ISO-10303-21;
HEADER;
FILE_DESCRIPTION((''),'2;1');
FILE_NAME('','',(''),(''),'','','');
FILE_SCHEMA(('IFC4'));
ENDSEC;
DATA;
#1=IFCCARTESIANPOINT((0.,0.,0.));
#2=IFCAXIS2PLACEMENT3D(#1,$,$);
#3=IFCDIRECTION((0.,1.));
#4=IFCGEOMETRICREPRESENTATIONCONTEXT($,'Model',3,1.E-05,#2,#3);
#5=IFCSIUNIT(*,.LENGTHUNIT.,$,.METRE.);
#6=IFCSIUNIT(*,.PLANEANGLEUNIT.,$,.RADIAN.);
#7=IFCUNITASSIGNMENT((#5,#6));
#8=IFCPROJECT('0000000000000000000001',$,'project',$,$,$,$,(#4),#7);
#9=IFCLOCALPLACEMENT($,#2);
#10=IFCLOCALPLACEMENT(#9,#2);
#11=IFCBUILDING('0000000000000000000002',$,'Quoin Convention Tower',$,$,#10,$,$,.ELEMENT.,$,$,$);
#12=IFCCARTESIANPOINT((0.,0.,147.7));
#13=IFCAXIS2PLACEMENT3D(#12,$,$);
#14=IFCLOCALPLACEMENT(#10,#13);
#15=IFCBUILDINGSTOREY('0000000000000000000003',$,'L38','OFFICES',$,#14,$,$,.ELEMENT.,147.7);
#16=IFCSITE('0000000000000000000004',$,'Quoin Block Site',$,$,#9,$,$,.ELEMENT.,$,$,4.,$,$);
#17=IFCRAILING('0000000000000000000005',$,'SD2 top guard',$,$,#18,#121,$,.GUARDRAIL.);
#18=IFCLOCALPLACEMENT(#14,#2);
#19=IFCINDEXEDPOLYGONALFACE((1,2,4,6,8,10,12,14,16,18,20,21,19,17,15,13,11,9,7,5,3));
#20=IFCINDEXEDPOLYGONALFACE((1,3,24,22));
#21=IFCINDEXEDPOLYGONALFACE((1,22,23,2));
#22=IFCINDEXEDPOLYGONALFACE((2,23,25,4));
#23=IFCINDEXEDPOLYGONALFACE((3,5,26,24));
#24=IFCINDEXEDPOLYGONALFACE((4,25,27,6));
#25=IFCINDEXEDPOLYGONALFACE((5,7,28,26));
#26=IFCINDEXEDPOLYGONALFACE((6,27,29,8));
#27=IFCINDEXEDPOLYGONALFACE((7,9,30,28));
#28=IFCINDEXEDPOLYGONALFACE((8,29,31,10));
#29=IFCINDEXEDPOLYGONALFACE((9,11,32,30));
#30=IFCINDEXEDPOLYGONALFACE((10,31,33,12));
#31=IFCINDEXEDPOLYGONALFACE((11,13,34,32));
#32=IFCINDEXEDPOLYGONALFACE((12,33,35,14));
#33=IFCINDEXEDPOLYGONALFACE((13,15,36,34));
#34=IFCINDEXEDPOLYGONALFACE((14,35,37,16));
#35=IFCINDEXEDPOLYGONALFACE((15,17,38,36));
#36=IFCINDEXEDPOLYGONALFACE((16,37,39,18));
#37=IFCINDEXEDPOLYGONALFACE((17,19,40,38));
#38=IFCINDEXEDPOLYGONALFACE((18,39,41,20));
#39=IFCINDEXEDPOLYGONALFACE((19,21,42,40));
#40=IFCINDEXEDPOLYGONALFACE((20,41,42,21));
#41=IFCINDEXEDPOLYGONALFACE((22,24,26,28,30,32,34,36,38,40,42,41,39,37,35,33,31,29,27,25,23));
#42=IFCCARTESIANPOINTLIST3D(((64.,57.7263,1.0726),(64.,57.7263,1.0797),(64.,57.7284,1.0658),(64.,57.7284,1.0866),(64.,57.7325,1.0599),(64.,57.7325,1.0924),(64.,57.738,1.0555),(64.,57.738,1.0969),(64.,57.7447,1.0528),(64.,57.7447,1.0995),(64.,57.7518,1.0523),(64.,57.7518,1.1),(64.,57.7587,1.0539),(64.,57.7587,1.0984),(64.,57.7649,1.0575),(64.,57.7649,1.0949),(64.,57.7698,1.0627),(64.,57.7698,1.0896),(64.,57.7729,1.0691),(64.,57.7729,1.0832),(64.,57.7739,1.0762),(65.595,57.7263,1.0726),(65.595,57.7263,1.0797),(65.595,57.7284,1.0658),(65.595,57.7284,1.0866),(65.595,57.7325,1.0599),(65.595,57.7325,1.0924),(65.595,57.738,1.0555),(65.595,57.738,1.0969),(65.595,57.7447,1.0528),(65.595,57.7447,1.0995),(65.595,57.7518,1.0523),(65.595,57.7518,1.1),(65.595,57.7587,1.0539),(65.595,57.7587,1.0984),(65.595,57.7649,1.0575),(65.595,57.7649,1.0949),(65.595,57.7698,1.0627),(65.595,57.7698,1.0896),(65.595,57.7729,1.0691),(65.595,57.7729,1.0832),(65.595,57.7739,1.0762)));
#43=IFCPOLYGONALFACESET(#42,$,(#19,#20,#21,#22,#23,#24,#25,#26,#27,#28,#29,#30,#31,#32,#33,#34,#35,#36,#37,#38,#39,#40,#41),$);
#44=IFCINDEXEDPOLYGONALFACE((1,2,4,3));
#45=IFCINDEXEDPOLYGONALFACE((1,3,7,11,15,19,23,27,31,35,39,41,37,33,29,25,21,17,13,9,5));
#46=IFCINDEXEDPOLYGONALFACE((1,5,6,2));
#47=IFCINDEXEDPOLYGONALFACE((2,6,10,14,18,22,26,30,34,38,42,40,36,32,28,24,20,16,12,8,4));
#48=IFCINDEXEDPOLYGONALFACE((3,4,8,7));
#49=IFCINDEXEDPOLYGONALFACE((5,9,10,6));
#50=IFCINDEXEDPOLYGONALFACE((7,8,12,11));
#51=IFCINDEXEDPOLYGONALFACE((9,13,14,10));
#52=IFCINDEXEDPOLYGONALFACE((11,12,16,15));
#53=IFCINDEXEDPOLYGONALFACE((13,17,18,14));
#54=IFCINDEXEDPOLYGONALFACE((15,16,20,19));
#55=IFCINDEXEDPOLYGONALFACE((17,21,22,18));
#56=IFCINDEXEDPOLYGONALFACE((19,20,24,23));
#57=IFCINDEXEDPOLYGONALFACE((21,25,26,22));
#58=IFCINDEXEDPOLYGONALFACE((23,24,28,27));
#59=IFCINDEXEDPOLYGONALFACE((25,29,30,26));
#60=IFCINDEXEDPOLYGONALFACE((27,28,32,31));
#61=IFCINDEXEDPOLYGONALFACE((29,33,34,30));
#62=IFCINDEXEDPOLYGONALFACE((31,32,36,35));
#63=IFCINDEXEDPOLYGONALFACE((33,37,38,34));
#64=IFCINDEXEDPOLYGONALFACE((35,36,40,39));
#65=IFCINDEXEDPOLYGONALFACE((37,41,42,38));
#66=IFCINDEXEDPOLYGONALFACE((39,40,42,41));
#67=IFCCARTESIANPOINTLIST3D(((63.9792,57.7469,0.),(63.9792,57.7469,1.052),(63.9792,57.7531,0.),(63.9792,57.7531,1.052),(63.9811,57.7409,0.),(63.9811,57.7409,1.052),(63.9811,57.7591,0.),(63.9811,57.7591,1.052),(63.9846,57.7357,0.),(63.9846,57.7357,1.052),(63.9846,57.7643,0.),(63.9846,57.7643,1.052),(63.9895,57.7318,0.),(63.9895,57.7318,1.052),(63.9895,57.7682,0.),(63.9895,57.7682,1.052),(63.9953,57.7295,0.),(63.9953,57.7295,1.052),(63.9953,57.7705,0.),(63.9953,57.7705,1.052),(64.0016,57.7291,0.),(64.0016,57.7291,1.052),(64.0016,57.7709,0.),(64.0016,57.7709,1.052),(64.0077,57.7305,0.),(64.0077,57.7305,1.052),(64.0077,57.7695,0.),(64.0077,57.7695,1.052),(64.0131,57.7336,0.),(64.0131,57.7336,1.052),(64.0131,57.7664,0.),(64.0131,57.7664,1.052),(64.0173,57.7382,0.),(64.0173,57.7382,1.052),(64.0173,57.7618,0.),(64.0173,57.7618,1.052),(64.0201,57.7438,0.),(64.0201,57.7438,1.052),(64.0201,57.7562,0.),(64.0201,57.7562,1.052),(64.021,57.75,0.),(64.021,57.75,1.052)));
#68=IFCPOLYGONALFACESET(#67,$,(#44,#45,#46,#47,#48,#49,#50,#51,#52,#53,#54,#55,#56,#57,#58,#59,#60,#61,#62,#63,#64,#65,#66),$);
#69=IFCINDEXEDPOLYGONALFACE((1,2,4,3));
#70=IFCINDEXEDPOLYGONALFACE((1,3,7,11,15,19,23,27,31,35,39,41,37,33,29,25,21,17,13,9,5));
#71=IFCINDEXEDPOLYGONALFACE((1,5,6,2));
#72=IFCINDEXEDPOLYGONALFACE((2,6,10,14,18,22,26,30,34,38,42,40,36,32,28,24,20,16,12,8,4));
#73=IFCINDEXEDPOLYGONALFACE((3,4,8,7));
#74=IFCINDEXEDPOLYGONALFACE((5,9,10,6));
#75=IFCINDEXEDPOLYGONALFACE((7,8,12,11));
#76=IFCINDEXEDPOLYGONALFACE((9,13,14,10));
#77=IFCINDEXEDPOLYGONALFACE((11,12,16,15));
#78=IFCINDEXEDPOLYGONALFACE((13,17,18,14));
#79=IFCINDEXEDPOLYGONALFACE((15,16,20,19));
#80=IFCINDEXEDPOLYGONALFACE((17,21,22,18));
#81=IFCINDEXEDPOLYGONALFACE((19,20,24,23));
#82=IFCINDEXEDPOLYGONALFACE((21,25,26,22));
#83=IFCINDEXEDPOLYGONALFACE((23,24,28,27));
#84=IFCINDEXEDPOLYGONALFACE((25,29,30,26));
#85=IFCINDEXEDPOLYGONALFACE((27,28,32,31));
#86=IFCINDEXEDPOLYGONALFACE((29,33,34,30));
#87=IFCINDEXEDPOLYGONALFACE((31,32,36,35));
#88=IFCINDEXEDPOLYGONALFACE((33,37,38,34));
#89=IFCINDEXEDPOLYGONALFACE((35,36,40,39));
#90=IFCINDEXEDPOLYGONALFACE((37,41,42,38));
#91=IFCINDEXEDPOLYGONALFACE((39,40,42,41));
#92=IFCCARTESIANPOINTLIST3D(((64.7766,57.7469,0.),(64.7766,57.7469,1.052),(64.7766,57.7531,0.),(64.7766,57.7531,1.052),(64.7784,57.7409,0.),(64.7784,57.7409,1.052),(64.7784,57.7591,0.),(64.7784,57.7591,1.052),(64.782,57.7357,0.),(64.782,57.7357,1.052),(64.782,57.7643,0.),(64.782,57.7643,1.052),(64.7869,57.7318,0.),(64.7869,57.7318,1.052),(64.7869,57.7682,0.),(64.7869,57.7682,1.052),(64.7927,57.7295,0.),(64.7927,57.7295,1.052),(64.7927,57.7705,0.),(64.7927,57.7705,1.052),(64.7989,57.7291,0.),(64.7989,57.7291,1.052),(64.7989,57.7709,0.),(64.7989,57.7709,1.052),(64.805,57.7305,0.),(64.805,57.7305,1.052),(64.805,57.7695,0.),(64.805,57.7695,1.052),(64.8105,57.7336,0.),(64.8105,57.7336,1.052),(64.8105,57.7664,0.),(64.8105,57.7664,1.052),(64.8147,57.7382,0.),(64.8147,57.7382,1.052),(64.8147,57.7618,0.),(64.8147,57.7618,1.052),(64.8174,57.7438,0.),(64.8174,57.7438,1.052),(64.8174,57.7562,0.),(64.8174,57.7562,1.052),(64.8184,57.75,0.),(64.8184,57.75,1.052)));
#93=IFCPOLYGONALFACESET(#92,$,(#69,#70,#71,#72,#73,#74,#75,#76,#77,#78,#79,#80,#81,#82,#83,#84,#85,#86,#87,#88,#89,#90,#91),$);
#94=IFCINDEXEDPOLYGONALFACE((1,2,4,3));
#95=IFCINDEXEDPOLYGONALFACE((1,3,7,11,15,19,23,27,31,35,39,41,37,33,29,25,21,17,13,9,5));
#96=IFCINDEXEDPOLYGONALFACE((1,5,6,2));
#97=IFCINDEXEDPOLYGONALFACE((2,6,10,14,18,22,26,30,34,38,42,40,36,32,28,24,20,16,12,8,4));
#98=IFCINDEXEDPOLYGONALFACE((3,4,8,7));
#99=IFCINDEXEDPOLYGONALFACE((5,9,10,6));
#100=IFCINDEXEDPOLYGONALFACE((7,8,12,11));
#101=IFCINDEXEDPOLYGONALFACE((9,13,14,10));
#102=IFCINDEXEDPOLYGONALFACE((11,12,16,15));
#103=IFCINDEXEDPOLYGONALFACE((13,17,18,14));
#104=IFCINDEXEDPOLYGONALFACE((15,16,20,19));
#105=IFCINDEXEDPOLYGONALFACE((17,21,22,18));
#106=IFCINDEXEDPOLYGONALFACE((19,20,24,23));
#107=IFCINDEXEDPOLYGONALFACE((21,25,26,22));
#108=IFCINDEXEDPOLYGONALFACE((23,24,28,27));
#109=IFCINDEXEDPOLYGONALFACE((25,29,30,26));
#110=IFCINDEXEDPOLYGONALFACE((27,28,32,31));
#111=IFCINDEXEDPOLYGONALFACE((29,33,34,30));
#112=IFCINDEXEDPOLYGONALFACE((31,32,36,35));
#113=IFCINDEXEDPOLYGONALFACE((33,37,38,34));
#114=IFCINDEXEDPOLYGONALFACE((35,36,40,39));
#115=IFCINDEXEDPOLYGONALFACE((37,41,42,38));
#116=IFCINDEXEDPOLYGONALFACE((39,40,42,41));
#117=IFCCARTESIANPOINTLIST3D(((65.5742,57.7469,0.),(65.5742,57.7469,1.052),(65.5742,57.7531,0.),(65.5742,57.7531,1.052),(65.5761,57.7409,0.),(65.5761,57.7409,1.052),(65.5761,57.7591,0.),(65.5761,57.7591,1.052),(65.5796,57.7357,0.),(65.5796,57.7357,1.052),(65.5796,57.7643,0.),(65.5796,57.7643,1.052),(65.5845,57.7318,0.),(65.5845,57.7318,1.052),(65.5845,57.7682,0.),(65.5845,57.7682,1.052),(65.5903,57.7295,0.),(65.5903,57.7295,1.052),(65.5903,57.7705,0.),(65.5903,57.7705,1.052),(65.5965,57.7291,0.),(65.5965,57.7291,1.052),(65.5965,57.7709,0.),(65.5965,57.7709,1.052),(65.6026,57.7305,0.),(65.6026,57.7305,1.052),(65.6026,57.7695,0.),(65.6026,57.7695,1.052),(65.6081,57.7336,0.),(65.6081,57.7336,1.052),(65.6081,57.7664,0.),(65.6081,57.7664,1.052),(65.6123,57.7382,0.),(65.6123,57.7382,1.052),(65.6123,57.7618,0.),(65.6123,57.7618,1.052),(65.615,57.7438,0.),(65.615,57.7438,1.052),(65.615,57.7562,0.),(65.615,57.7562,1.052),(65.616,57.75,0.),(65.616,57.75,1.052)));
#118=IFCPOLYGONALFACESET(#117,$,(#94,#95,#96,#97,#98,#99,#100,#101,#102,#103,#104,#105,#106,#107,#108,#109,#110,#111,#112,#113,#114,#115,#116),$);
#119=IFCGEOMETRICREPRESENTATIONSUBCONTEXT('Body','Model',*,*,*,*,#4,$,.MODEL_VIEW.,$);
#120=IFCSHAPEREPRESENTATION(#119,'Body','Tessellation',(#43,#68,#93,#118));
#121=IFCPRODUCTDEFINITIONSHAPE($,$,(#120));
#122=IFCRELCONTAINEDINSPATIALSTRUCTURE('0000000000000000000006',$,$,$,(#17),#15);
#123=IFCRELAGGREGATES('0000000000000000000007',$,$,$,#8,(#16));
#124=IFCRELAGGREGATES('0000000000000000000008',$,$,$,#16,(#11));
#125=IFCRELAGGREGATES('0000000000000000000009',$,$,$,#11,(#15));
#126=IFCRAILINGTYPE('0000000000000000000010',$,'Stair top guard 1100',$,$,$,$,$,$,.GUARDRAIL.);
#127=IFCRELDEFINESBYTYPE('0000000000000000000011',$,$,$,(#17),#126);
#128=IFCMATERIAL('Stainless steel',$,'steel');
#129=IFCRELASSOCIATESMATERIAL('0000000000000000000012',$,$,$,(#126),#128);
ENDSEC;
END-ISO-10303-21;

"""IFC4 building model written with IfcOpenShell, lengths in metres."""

from ifc_helpers import new_model, si_unit, direction, frame, origin, origin_2d, place, context, subcontext, project, spatial, circle, extrude, material, type_object, element, save


model = new_model("IFC4")

# Units and contexts
model_context = context("Model", 3, precision=1e-05, world=origin(), true_north=direction((0.0, 1.0)))
body_context = subcontext(model_context, "Body", "Model", "MODEL_VIEW")
ifc_project = project(units=[si_unit("LENGTHUNIT", "METRE"), si_unit("PLANEANGLEUNIT", "RADIAN")], contexts=[model_context])

# Site, building, storey
site_placement = place(None, origin())
site = spatial("IfcSite", under=ifc_project, at=site_placement, Name="Quoin Block Site", CompositionType="ELEMENT", RefElevation=4.0)
building_placement = place(site_placement, origin())
building = spatial("IfcBuilding", under=site, at=building_placement, Name="Quoin Convention Tower", CompositionType="ELEMENT")
storey_placement = place(building_placement, frame((0.0, 0.0, 147.7)))
storey = spatial("IfcBuildingStorey", under=building, at=storey_placement, Name="L38", Description="OFFICES", CompositionType="ELEMENT", Elevation=147.7)

# Railing
ifc_material_1 = material(Name="Stainless steel", Category="steel")
railing_type = type_object("IfcRailingType", Name="Stair top guard 1100", PredefinedType="GUARDRAIL", material=ifc_material_1)
railing_placement = place(storey_placement, frame((64.0, 57.75, 0.0)))
element("IfcRailing", 1, at=railing_placement, inside=storey, type_object=railing_type, Name="SD2 top guard", PredefinedType="GUARDRAIL", context=body_context, shape_type="SweptSolid", body=[
    extrude(circle(Radius=0.0239, at=origin_2d()), frame((0.0, 0.0, 1.0762), z_axis=(1.0, 0.0, 0.0), x_axis=(0.0, 1.0, 0.0)), (0.0, 0.0, 1.0), 1.595),
    extrude(circle(Radius=0.021, at=origin_2d()), origin(), (0.0, 0.0, 1.0), 1.052),
    extrude(circle(Radius=0.021, at=origin_2d()), frame((0.7974, 0.0, 0.0)), (0.0, 0.0, 1.0), 1.052),
    extrude(circle(Radius=0.021, at=origin_2d()), frame((1.595, 0.0, 0.0)), (0.0, 0.0, 1.0), 1.052),
])

save(model, "model.ifc")
